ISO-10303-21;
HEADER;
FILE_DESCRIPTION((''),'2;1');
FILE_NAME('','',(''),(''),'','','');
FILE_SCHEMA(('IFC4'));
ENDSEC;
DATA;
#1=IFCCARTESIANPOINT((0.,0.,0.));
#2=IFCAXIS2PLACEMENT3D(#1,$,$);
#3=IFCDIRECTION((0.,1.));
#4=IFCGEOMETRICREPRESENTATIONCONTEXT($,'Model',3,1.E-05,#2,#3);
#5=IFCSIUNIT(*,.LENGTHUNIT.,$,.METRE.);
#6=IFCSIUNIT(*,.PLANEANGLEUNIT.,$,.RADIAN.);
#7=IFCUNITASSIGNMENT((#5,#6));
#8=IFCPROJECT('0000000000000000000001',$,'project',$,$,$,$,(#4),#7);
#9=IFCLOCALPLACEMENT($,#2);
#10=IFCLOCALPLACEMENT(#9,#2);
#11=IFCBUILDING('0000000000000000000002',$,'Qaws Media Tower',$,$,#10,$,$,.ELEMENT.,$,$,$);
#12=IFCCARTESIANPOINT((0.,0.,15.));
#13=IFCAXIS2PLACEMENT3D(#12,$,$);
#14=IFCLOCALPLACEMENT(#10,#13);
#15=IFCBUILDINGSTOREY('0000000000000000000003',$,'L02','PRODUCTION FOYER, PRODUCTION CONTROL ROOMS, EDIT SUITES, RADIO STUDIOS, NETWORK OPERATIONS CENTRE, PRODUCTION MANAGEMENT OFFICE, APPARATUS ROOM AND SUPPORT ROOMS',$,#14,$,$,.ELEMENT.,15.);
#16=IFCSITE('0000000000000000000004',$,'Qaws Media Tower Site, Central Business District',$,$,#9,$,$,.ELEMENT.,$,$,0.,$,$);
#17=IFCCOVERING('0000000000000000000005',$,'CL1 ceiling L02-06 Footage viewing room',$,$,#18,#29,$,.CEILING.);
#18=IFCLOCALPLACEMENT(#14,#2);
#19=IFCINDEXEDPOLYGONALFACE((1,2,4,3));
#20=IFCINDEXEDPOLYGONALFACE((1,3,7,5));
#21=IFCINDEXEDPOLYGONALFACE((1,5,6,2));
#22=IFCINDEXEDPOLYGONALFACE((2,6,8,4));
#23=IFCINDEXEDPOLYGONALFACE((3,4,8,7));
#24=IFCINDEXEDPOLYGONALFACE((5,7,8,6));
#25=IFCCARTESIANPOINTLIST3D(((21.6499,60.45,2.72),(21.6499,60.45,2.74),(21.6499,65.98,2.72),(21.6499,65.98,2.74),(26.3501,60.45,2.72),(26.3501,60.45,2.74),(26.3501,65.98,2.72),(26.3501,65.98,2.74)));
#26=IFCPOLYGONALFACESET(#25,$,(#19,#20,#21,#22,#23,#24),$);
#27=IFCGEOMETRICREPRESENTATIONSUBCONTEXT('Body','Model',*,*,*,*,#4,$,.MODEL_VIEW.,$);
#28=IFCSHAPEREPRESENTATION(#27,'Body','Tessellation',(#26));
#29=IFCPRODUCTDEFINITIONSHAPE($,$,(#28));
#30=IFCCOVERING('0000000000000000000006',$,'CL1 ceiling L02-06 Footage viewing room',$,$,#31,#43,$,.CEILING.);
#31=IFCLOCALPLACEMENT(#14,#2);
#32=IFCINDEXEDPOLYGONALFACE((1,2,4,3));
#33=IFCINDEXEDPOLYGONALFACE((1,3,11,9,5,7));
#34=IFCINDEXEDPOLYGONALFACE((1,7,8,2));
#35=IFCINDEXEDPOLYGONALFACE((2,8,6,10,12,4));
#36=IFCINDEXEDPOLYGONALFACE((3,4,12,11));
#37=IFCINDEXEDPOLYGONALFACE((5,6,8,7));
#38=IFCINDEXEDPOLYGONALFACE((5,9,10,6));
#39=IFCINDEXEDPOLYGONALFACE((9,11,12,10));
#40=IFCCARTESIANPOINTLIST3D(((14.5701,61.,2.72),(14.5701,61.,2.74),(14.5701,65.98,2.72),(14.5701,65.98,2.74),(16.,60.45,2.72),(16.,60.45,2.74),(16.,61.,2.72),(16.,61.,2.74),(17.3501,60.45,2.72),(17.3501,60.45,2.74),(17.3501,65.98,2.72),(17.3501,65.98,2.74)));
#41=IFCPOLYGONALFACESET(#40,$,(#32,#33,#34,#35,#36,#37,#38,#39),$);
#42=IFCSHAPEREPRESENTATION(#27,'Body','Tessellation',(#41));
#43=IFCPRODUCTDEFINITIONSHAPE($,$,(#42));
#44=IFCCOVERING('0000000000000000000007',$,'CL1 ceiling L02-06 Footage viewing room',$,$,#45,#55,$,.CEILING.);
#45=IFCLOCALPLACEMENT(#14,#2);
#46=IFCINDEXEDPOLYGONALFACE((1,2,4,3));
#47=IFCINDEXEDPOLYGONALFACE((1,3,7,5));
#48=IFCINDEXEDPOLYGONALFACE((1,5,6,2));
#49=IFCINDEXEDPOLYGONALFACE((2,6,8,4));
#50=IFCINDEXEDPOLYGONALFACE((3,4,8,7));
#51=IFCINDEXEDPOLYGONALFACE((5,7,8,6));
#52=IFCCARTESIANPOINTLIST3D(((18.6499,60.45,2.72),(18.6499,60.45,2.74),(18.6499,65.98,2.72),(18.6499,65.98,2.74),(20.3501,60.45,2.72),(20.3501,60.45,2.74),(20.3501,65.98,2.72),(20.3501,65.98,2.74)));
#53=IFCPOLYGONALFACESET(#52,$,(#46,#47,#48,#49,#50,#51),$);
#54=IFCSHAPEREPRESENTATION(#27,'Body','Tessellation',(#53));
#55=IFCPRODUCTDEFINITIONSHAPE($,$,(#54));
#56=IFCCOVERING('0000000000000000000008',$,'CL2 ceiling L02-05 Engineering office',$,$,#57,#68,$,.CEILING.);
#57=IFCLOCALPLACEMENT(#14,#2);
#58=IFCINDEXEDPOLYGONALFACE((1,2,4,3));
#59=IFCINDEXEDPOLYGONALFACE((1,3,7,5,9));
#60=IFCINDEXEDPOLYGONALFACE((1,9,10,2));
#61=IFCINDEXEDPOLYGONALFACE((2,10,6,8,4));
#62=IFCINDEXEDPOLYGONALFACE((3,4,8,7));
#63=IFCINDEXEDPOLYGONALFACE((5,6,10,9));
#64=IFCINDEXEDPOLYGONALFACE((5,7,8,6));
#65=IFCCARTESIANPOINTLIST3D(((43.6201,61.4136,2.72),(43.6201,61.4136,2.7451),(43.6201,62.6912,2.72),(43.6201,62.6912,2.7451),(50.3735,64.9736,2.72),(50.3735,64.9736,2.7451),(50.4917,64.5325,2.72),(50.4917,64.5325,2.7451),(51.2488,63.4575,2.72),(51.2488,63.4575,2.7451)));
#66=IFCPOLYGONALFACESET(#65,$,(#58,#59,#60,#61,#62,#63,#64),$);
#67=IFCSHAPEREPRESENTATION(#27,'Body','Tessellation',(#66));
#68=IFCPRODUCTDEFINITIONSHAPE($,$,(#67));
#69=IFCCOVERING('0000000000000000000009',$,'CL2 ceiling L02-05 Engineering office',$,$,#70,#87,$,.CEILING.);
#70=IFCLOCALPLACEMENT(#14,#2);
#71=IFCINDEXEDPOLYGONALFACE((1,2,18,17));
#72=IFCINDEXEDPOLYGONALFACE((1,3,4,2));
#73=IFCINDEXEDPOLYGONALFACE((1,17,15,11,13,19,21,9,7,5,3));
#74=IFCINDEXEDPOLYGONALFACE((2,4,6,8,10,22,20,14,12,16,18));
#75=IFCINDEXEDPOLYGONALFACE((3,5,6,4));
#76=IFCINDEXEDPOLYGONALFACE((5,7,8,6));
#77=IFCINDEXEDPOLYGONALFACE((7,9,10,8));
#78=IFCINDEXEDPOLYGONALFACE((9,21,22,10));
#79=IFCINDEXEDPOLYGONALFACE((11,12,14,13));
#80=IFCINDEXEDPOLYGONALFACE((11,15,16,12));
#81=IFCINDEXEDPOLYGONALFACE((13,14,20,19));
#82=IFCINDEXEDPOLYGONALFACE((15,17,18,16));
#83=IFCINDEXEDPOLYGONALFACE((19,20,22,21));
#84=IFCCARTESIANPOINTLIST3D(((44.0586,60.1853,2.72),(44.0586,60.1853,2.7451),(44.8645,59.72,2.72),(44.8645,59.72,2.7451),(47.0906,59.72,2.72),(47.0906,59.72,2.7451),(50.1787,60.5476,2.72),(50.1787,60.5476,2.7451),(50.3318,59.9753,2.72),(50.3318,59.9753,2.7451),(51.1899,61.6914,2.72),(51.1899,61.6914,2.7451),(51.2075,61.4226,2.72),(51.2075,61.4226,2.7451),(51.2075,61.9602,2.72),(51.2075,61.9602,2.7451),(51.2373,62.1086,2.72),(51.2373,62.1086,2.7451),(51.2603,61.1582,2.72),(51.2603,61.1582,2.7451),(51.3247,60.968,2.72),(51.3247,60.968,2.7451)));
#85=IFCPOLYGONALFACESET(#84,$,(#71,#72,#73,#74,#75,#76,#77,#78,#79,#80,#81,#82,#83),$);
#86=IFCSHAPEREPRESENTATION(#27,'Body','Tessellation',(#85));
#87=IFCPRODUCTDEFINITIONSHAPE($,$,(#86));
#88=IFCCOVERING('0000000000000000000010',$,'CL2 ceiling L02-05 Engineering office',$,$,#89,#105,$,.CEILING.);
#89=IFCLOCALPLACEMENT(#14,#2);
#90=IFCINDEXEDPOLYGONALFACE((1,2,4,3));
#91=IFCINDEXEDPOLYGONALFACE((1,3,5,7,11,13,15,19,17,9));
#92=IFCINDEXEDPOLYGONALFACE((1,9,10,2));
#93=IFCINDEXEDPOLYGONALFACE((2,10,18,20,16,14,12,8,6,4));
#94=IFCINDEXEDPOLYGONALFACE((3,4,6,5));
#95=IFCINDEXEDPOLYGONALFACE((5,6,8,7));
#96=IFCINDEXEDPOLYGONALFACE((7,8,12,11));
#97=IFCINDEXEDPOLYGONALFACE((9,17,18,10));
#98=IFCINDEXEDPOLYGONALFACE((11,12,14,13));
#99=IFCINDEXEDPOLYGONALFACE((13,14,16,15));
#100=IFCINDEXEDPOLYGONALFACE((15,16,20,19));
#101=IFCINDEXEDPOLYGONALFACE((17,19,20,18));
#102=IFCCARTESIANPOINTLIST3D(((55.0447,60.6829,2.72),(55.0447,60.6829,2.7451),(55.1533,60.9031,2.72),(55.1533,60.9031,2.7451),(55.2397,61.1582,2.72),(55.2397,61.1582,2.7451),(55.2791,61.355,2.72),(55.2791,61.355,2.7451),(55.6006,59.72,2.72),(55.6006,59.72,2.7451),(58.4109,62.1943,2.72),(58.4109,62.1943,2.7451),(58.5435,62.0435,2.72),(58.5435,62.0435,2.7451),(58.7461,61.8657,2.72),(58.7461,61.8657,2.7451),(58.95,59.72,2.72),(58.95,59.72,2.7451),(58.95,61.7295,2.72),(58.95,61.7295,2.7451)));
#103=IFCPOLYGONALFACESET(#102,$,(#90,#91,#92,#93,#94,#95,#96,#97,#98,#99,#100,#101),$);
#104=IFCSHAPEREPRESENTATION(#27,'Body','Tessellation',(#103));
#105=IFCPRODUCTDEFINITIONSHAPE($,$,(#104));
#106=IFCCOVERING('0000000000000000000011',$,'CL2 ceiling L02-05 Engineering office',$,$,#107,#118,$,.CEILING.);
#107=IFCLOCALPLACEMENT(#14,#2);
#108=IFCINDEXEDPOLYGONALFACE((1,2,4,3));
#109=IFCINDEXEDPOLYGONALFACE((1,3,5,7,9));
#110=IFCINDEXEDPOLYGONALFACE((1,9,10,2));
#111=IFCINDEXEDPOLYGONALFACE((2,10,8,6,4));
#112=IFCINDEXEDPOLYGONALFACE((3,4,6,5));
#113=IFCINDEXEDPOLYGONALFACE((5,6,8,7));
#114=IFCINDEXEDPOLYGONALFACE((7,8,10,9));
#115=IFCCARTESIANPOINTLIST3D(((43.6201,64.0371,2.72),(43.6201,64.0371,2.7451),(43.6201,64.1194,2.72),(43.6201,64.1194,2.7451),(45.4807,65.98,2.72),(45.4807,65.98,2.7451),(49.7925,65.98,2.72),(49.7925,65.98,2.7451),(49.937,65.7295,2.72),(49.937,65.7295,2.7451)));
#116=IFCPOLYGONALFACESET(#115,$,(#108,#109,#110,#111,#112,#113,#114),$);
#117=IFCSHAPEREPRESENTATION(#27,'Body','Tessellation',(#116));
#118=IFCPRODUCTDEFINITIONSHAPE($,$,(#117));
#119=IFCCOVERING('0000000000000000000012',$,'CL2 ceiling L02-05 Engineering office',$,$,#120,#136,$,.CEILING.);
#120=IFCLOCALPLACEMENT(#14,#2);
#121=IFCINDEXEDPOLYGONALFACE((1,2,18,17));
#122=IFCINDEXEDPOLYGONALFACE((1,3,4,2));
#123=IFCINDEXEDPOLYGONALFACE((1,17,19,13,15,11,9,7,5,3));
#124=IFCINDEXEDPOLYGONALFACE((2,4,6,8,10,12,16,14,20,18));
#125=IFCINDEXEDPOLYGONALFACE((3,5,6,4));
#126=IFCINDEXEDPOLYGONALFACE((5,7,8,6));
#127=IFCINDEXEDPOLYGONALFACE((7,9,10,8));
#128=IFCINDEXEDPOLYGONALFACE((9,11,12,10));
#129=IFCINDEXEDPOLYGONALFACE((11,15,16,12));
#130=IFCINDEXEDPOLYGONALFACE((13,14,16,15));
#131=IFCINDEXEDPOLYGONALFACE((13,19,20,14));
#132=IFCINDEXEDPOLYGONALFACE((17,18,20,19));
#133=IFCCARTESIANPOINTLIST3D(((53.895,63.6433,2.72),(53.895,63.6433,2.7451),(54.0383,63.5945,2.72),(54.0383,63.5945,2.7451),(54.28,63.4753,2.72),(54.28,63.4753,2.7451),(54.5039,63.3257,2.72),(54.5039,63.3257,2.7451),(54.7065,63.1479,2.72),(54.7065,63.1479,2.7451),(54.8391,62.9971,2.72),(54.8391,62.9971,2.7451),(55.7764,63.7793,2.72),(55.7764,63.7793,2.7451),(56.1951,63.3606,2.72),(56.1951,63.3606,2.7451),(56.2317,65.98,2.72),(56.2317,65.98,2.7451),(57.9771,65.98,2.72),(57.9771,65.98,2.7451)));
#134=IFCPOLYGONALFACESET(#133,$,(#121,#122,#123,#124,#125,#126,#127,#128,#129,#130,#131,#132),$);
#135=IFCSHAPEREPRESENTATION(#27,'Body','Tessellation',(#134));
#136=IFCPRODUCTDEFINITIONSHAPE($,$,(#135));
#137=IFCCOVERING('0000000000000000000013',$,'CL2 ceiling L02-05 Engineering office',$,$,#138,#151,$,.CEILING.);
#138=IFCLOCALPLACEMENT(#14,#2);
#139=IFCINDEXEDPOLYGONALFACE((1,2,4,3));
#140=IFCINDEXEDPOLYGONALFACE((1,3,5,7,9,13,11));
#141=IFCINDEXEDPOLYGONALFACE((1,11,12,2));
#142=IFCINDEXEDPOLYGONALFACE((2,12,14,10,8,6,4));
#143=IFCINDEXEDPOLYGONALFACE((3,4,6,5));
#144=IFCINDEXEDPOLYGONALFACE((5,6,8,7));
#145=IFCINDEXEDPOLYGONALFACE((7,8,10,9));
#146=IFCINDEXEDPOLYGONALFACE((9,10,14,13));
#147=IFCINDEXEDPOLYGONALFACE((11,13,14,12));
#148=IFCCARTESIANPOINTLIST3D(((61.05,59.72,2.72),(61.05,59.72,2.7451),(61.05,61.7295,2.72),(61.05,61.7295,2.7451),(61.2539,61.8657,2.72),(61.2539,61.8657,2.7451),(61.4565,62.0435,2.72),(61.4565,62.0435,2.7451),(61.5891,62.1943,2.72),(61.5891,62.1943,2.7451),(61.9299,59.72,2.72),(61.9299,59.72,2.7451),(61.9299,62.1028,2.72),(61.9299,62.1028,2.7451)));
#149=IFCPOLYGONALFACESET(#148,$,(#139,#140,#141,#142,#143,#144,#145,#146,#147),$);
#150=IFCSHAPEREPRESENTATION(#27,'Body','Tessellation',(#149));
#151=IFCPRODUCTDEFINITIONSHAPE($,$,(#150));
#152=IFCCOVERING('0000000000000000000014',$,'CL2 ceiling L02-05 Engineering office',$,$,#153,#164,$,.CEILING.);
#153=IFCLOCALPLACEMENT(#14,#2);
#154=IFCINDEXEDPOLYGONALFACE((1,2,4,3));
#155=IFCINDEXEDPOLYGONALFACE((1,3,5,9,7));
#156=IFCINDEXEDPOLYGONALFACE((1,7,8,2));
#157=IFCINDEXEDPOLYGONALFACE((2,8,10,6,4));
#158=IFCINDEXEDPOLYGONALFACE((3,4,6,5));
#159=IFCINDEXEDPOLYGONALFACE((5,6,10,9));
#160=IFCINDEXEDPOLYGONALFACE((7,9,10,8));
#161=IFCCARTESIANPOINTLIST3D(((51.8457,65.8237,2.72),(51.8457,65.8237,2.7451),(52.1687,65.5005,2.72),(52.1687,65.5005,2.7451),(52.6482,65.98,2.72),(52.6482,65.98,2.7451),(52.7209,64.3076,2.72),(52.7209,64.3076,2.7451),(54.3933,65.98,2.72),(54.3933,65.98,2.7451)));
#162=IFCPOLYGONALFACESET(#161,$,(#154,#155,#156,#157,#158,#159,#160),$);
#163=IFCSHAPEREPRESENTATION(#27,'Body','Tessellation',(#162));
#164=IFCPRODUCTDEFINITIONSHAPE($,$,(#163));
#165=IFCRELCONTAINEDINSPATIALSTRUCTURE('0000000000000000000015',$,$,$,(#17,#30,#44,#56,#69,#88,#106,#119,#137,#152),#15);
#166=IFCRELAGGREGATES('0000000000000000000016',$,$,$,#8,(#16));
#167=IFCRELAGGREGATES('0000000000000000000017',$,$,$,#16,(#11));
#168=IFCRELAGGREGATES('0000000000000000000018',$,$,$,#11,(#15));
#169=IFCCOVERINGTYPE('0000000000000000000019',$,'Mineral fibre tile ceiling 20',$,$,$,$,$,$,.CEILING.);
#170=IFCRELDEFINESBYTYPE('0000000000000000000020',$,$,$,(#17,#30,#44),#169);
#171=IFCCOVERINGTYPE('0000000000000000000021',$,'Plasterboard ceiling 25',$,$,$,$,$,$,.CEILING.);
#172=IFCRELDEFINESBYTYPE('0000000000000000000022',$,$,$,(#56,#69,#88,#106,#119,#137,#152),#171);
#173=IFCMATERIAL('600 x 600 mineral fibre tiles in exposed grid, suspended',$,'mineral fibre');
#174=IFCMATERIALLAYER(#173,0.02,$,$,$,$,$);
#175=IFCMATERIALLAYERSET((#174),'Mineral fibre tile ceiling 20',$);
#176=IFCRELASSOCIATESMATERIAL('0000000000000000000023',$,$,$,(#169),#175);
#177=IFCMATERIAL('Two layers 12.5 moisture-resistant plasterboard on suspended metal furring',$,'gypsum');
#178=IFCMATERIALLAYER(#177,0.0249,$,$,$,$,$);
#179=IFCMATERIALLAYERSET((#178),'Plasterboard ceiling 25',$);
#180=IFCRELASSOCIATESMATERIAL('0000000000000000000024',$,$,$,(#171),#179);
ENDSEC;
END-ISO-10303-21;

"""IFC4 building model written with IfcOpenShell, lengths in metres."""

from ifc_helpers import new_model, si_unit, direction, frame, origin, place, context, subcontext, project, spatial, polyline, outline, extrude, material, layer, layer_set, type_object, element, save


model = new_model("IFC4")

# Units and contexts
model_context = context("Model", 3, precision=1e-05, world=origin(), true_north=direction((0.0, 1.0)))
body_context = subcontext(model_context, "Body", "Model", "MODEL_VIEW")
ifc_project = project(units=[si_unit("LENGTHUNIT", "METRE"), si_unit("PLANEANGLEUNIT", "RADIAN")], contexts=[model_context])

# Site, building, storey
site_placement = place(None, origin())
site = spatial("IfcSite", under=ifc_project, at=site_placement, Name="Qaws Media Tower Site, Central Business District", CompositionType="ELEMENT", RefElevation=0.0)
building_placement = place(site_placement, origin())
building = spatial("IfcBuilding", under=site, at=building_placement, Name="Qaws Media Tower", CompositionType="ELEMENT")
storey_placement = place(building_placement, frame((0.0, 0.0, 15.0)))
storey = spatial("IfcBuildingStorey", under=building, at=storey_placement, Name="L02", Description="PRODUCTION FOYER, PRODUCTION CONTROL ROOMS, EDIT SUITES, RADIO STUDIOS, NETWORK OPERATIONS CENTRE, PRODUCTION MANAGEMENT OFFICE, APPARATUS ROOM AND SUPPORT ROOMS", CompositionType="ELEMENT", Elevation=15.0)

# Coverings
ifc_material_1 = material(Name="600 x 600 mineral fibre tiles in exposed grid, suspended", Category="mineral fibre")
ifc_layer_1 = layer(ifc_material_1, 0.02)
ifc_layer_set_1 = layer_set([ifc_layer_1], Name="Mineral fibre tile ceiling 20")
covering_type_1 = type_object("IfcCoveringType", Name="Mineral fibre tile ceiling 20", PredefinedType="CEILING", material=ifc_layer_set_1)
covering_1_placement = place(storey_placement, frame((0.0, 0.0, 2.72)))
element("IfcCovering", 1, at=covering_1_placement, inside=storey, type_object=covering_type_1, Name="CL1 ceiling L02-06 Footage viewing room", PredefinedType="CEILING", context=body_context, shape_type="SweptSolid", body=[
    extrude(outline(polyline([(26.3501, 65.98), (26.3501, 60.45), (21.6499, 60.45), (21.6499, 65.98), (26.3501, 65.98)])), origin(), (0.0, 0.0, 1.0), 0.02),
])
covering_2_placement = place(storey_placement, frame((0.0, 0.0, 2.72)))
element("IfcCovering", 2, at=covering_2_placement, inside=storey, type_object=covering_type_1, Name="CL1 ceiling L02-06 Footage viewing room", PredefinedType="CEILING", context=body_context, shape_type="SweptSolid", body=[
    extrude(outline(polyline([(16.0, 61.0), (14.5701, 61.0), (14.5701, 65.98), (17.3501, 65.98), (17.3501, 60.45), (16.0, 60.45), (16.0, 61.0)])), origin(), (0.0, 0.0, 1.0), 0.02),
])
covering_3_placement = place(storey_placement, frame((0.0, 0.0, 2.72)))
element("IfcCovering", 3, at=covering_3_placement, inside=storey, type_object=covering_type_1, Name="CL1 ceiling L02-06 Footage viewing room", PredefinedType="CEILING", context=body_context, shape_type="SweptSolid", body=[
    extrude(outline(polyline([(20.3501, 65.98), (20.3501, 60.45), (18.6499, 60.45), (18.6499, 65.98), (20.3501, 65.98)])), origin(), (0.0, 0.0, 1.0), 0.02),
])
ifc_material_2 = material(Name="Two layers 12.5 moisture-resistant plasterboard on suspended metal furring", Category="gypsum")
ifc_layer_2 = layer(ifc_material_2, 0.0249)
ifc_layer_set_2 = layer_set([ifc_layer_2], Name="Plasterboard ceiling 25")
covering_type_2 = type_object("IfcCoveringType", Name="Plasterboard ceiling 25", PredefinedType="CEILING", material=ifc_layer_set_2)
covering_4_placement = place(storey_placement, frame((0.0, 0.0, 2.72)))
element("IfcCovering", 4, at=covering_4_placement, inside=storey, type_object=covering_type_2, Name="CL2 ceiling L02-05 Engineering office", PredefinedType="CEILING", context=body_context, shape_type="SweptSolid", body=[
    extrude(outline(polyline([(43.6201, 62.6912), (50.4917, 64.5325), (50.3735, 64.9736), (51.2488, 63.4575), (43.6201, 61.4136), (43.6201, 62.6912)])), origin(), (0.0, 0.0, 1.0), 0.0251),
])
covering_5_placement = place(storey_placement, frame((0.0, 0.0, 2.72)))
element("IfcCovering", 5, at=covering_5_placement, inside=storey, type_object=covering_type_2, Name="CL2 ceiling L02-05 Engineering office", PredefinedType="CEILING", context=body_context, shape_type="SweptSolid", body=[
    extrude(outline(polyline([(51.2075, 61.9602), (51.1899, 61.6914), (51.2075, 61.4226), (51.2603, 61.1582), (51.3247, 60.968), (50.3318, 59.9753), (50.1787, 60.5476), (47.0906, 59.72), (44.8645, 59.72), (44.0586, 60.1853), (51.2373, 62.1086), (51.2075, 61.9602)])), origin(), (0.0, 0.0, 1.0), 0.0251),
])
covering_6_placement = place(storey_placement, frame((0.0, 0.0, 2.72)))
element("IfcCovering", 6, at=covering_6_placement, inside=storey, type_object=covering_type_2, Name="CL2 ceiling L02-05 Engineering office", PredefinedType="CEILING", context=body_context, shape_type="SweptSolid", body=[
    extrude(outline(polyline([(58.5435, 62.0435), (58.7461, 61.8657), (58.95, 61.7295), (58.95, 59.72), (55.6006, 59.72), (55.0447, 60.6829), (55.1533, 60.9031), (55.2397, 61.1582), (55.2791, 61.355), (58.4109, 62.1943), (58.5435, 62.0435)])), origin(), (0.0, 0.0, 1.0), 0.0251),
])
covering_7_placement = place(storey_placement, frame((0.0, 0.0, 2.72)))
element("IfcCovering", 7, at=covering_7_placement, inside=storey, type_object=covering_type_2, Name="CL2 ceiling L02-05 Engineering office", PredefinedType="CEILING", context=body_context, shape_type="SweptSolid", body=[
    extrude(outline(polyline([(43.6201, 64.1194), (45.4807, 65.98), (49.7925, 65.98), (49.937, 65.7295), (43.6201, 64.0371), (43.6201, 64.1194)])), origin(), (0.0, 0.0, 1.0), 0.0251),
])
covering_8_placement = place(storey_placement, frame((0.0, 0.0, 2.72)))
element("IfcCovering", 8, at=covering_8_placement, inside=storey, type_object=covering_type_2, Name="CL2 ceiling L02-05 Engineering office", PredefinedType="CEILING", context=body_context, shape_type="SweptSolid", body=[
    extrude(outline(polyline([(54.7065, 63.1479), (54.5039, 63.3257), (54.28, 63.4753), (54.0383, 63.5945), (53.895, 63.6433), (56.2317, 65.98), (57.9771, 65.98), (55.7764, 63.7793), (56.1951, 63.3606), (54.8391, 62.9971), (54.7065, 63.1479)])), origin(), (0.0, 0.0, 1.0), 0.0251),
])
covering_9_placement = place(storey_placement, frame((0.0, 0.0, 2.72)))
element("IfcCovering", 9, at=covering_9_placement, inside=storey, type_object=covering_type_2, Name="CL2 ceiling L02-05 Engineering office", PredefinedType="CEILING", context=body_context, shape_type="SweptSolid", body=[
    extrude(outline(polyline([(61.2539, 61.8657), (61.4565, 62.0435), (61.5891, 62.1943), (61.9299, 62.1028), (61.9299, 59.72), (61.05, 59.72), (61.05, 61.7295), (61.2539, 61.8657)])), origin(), (0.0, 0.0, 1.0), 0.0251),
])
covering_10_placement = place(storey_placement, frame((0.0, 0.0, 2.72)))
element("IfcCovering", 10, at=covering_10_placement, inside=storey, type_object=covering_type_2, Name="CL2 ceiling L02-05 Engineering office", PredefinedType="CEILING", context=body_context, shape_type="SweptSolid", body=[
    extrude(outline(polyline([(54.3933, 65.98), (52.7209, 64.3076), (51.8457, 65.8237), (52.1687, 65.5005), (52.6482, 65.98), (54.3933, 65.98)])), origin(), (0.0, 0.0, 1.0), 0.0251),
])

save(model, "model.ifc")
